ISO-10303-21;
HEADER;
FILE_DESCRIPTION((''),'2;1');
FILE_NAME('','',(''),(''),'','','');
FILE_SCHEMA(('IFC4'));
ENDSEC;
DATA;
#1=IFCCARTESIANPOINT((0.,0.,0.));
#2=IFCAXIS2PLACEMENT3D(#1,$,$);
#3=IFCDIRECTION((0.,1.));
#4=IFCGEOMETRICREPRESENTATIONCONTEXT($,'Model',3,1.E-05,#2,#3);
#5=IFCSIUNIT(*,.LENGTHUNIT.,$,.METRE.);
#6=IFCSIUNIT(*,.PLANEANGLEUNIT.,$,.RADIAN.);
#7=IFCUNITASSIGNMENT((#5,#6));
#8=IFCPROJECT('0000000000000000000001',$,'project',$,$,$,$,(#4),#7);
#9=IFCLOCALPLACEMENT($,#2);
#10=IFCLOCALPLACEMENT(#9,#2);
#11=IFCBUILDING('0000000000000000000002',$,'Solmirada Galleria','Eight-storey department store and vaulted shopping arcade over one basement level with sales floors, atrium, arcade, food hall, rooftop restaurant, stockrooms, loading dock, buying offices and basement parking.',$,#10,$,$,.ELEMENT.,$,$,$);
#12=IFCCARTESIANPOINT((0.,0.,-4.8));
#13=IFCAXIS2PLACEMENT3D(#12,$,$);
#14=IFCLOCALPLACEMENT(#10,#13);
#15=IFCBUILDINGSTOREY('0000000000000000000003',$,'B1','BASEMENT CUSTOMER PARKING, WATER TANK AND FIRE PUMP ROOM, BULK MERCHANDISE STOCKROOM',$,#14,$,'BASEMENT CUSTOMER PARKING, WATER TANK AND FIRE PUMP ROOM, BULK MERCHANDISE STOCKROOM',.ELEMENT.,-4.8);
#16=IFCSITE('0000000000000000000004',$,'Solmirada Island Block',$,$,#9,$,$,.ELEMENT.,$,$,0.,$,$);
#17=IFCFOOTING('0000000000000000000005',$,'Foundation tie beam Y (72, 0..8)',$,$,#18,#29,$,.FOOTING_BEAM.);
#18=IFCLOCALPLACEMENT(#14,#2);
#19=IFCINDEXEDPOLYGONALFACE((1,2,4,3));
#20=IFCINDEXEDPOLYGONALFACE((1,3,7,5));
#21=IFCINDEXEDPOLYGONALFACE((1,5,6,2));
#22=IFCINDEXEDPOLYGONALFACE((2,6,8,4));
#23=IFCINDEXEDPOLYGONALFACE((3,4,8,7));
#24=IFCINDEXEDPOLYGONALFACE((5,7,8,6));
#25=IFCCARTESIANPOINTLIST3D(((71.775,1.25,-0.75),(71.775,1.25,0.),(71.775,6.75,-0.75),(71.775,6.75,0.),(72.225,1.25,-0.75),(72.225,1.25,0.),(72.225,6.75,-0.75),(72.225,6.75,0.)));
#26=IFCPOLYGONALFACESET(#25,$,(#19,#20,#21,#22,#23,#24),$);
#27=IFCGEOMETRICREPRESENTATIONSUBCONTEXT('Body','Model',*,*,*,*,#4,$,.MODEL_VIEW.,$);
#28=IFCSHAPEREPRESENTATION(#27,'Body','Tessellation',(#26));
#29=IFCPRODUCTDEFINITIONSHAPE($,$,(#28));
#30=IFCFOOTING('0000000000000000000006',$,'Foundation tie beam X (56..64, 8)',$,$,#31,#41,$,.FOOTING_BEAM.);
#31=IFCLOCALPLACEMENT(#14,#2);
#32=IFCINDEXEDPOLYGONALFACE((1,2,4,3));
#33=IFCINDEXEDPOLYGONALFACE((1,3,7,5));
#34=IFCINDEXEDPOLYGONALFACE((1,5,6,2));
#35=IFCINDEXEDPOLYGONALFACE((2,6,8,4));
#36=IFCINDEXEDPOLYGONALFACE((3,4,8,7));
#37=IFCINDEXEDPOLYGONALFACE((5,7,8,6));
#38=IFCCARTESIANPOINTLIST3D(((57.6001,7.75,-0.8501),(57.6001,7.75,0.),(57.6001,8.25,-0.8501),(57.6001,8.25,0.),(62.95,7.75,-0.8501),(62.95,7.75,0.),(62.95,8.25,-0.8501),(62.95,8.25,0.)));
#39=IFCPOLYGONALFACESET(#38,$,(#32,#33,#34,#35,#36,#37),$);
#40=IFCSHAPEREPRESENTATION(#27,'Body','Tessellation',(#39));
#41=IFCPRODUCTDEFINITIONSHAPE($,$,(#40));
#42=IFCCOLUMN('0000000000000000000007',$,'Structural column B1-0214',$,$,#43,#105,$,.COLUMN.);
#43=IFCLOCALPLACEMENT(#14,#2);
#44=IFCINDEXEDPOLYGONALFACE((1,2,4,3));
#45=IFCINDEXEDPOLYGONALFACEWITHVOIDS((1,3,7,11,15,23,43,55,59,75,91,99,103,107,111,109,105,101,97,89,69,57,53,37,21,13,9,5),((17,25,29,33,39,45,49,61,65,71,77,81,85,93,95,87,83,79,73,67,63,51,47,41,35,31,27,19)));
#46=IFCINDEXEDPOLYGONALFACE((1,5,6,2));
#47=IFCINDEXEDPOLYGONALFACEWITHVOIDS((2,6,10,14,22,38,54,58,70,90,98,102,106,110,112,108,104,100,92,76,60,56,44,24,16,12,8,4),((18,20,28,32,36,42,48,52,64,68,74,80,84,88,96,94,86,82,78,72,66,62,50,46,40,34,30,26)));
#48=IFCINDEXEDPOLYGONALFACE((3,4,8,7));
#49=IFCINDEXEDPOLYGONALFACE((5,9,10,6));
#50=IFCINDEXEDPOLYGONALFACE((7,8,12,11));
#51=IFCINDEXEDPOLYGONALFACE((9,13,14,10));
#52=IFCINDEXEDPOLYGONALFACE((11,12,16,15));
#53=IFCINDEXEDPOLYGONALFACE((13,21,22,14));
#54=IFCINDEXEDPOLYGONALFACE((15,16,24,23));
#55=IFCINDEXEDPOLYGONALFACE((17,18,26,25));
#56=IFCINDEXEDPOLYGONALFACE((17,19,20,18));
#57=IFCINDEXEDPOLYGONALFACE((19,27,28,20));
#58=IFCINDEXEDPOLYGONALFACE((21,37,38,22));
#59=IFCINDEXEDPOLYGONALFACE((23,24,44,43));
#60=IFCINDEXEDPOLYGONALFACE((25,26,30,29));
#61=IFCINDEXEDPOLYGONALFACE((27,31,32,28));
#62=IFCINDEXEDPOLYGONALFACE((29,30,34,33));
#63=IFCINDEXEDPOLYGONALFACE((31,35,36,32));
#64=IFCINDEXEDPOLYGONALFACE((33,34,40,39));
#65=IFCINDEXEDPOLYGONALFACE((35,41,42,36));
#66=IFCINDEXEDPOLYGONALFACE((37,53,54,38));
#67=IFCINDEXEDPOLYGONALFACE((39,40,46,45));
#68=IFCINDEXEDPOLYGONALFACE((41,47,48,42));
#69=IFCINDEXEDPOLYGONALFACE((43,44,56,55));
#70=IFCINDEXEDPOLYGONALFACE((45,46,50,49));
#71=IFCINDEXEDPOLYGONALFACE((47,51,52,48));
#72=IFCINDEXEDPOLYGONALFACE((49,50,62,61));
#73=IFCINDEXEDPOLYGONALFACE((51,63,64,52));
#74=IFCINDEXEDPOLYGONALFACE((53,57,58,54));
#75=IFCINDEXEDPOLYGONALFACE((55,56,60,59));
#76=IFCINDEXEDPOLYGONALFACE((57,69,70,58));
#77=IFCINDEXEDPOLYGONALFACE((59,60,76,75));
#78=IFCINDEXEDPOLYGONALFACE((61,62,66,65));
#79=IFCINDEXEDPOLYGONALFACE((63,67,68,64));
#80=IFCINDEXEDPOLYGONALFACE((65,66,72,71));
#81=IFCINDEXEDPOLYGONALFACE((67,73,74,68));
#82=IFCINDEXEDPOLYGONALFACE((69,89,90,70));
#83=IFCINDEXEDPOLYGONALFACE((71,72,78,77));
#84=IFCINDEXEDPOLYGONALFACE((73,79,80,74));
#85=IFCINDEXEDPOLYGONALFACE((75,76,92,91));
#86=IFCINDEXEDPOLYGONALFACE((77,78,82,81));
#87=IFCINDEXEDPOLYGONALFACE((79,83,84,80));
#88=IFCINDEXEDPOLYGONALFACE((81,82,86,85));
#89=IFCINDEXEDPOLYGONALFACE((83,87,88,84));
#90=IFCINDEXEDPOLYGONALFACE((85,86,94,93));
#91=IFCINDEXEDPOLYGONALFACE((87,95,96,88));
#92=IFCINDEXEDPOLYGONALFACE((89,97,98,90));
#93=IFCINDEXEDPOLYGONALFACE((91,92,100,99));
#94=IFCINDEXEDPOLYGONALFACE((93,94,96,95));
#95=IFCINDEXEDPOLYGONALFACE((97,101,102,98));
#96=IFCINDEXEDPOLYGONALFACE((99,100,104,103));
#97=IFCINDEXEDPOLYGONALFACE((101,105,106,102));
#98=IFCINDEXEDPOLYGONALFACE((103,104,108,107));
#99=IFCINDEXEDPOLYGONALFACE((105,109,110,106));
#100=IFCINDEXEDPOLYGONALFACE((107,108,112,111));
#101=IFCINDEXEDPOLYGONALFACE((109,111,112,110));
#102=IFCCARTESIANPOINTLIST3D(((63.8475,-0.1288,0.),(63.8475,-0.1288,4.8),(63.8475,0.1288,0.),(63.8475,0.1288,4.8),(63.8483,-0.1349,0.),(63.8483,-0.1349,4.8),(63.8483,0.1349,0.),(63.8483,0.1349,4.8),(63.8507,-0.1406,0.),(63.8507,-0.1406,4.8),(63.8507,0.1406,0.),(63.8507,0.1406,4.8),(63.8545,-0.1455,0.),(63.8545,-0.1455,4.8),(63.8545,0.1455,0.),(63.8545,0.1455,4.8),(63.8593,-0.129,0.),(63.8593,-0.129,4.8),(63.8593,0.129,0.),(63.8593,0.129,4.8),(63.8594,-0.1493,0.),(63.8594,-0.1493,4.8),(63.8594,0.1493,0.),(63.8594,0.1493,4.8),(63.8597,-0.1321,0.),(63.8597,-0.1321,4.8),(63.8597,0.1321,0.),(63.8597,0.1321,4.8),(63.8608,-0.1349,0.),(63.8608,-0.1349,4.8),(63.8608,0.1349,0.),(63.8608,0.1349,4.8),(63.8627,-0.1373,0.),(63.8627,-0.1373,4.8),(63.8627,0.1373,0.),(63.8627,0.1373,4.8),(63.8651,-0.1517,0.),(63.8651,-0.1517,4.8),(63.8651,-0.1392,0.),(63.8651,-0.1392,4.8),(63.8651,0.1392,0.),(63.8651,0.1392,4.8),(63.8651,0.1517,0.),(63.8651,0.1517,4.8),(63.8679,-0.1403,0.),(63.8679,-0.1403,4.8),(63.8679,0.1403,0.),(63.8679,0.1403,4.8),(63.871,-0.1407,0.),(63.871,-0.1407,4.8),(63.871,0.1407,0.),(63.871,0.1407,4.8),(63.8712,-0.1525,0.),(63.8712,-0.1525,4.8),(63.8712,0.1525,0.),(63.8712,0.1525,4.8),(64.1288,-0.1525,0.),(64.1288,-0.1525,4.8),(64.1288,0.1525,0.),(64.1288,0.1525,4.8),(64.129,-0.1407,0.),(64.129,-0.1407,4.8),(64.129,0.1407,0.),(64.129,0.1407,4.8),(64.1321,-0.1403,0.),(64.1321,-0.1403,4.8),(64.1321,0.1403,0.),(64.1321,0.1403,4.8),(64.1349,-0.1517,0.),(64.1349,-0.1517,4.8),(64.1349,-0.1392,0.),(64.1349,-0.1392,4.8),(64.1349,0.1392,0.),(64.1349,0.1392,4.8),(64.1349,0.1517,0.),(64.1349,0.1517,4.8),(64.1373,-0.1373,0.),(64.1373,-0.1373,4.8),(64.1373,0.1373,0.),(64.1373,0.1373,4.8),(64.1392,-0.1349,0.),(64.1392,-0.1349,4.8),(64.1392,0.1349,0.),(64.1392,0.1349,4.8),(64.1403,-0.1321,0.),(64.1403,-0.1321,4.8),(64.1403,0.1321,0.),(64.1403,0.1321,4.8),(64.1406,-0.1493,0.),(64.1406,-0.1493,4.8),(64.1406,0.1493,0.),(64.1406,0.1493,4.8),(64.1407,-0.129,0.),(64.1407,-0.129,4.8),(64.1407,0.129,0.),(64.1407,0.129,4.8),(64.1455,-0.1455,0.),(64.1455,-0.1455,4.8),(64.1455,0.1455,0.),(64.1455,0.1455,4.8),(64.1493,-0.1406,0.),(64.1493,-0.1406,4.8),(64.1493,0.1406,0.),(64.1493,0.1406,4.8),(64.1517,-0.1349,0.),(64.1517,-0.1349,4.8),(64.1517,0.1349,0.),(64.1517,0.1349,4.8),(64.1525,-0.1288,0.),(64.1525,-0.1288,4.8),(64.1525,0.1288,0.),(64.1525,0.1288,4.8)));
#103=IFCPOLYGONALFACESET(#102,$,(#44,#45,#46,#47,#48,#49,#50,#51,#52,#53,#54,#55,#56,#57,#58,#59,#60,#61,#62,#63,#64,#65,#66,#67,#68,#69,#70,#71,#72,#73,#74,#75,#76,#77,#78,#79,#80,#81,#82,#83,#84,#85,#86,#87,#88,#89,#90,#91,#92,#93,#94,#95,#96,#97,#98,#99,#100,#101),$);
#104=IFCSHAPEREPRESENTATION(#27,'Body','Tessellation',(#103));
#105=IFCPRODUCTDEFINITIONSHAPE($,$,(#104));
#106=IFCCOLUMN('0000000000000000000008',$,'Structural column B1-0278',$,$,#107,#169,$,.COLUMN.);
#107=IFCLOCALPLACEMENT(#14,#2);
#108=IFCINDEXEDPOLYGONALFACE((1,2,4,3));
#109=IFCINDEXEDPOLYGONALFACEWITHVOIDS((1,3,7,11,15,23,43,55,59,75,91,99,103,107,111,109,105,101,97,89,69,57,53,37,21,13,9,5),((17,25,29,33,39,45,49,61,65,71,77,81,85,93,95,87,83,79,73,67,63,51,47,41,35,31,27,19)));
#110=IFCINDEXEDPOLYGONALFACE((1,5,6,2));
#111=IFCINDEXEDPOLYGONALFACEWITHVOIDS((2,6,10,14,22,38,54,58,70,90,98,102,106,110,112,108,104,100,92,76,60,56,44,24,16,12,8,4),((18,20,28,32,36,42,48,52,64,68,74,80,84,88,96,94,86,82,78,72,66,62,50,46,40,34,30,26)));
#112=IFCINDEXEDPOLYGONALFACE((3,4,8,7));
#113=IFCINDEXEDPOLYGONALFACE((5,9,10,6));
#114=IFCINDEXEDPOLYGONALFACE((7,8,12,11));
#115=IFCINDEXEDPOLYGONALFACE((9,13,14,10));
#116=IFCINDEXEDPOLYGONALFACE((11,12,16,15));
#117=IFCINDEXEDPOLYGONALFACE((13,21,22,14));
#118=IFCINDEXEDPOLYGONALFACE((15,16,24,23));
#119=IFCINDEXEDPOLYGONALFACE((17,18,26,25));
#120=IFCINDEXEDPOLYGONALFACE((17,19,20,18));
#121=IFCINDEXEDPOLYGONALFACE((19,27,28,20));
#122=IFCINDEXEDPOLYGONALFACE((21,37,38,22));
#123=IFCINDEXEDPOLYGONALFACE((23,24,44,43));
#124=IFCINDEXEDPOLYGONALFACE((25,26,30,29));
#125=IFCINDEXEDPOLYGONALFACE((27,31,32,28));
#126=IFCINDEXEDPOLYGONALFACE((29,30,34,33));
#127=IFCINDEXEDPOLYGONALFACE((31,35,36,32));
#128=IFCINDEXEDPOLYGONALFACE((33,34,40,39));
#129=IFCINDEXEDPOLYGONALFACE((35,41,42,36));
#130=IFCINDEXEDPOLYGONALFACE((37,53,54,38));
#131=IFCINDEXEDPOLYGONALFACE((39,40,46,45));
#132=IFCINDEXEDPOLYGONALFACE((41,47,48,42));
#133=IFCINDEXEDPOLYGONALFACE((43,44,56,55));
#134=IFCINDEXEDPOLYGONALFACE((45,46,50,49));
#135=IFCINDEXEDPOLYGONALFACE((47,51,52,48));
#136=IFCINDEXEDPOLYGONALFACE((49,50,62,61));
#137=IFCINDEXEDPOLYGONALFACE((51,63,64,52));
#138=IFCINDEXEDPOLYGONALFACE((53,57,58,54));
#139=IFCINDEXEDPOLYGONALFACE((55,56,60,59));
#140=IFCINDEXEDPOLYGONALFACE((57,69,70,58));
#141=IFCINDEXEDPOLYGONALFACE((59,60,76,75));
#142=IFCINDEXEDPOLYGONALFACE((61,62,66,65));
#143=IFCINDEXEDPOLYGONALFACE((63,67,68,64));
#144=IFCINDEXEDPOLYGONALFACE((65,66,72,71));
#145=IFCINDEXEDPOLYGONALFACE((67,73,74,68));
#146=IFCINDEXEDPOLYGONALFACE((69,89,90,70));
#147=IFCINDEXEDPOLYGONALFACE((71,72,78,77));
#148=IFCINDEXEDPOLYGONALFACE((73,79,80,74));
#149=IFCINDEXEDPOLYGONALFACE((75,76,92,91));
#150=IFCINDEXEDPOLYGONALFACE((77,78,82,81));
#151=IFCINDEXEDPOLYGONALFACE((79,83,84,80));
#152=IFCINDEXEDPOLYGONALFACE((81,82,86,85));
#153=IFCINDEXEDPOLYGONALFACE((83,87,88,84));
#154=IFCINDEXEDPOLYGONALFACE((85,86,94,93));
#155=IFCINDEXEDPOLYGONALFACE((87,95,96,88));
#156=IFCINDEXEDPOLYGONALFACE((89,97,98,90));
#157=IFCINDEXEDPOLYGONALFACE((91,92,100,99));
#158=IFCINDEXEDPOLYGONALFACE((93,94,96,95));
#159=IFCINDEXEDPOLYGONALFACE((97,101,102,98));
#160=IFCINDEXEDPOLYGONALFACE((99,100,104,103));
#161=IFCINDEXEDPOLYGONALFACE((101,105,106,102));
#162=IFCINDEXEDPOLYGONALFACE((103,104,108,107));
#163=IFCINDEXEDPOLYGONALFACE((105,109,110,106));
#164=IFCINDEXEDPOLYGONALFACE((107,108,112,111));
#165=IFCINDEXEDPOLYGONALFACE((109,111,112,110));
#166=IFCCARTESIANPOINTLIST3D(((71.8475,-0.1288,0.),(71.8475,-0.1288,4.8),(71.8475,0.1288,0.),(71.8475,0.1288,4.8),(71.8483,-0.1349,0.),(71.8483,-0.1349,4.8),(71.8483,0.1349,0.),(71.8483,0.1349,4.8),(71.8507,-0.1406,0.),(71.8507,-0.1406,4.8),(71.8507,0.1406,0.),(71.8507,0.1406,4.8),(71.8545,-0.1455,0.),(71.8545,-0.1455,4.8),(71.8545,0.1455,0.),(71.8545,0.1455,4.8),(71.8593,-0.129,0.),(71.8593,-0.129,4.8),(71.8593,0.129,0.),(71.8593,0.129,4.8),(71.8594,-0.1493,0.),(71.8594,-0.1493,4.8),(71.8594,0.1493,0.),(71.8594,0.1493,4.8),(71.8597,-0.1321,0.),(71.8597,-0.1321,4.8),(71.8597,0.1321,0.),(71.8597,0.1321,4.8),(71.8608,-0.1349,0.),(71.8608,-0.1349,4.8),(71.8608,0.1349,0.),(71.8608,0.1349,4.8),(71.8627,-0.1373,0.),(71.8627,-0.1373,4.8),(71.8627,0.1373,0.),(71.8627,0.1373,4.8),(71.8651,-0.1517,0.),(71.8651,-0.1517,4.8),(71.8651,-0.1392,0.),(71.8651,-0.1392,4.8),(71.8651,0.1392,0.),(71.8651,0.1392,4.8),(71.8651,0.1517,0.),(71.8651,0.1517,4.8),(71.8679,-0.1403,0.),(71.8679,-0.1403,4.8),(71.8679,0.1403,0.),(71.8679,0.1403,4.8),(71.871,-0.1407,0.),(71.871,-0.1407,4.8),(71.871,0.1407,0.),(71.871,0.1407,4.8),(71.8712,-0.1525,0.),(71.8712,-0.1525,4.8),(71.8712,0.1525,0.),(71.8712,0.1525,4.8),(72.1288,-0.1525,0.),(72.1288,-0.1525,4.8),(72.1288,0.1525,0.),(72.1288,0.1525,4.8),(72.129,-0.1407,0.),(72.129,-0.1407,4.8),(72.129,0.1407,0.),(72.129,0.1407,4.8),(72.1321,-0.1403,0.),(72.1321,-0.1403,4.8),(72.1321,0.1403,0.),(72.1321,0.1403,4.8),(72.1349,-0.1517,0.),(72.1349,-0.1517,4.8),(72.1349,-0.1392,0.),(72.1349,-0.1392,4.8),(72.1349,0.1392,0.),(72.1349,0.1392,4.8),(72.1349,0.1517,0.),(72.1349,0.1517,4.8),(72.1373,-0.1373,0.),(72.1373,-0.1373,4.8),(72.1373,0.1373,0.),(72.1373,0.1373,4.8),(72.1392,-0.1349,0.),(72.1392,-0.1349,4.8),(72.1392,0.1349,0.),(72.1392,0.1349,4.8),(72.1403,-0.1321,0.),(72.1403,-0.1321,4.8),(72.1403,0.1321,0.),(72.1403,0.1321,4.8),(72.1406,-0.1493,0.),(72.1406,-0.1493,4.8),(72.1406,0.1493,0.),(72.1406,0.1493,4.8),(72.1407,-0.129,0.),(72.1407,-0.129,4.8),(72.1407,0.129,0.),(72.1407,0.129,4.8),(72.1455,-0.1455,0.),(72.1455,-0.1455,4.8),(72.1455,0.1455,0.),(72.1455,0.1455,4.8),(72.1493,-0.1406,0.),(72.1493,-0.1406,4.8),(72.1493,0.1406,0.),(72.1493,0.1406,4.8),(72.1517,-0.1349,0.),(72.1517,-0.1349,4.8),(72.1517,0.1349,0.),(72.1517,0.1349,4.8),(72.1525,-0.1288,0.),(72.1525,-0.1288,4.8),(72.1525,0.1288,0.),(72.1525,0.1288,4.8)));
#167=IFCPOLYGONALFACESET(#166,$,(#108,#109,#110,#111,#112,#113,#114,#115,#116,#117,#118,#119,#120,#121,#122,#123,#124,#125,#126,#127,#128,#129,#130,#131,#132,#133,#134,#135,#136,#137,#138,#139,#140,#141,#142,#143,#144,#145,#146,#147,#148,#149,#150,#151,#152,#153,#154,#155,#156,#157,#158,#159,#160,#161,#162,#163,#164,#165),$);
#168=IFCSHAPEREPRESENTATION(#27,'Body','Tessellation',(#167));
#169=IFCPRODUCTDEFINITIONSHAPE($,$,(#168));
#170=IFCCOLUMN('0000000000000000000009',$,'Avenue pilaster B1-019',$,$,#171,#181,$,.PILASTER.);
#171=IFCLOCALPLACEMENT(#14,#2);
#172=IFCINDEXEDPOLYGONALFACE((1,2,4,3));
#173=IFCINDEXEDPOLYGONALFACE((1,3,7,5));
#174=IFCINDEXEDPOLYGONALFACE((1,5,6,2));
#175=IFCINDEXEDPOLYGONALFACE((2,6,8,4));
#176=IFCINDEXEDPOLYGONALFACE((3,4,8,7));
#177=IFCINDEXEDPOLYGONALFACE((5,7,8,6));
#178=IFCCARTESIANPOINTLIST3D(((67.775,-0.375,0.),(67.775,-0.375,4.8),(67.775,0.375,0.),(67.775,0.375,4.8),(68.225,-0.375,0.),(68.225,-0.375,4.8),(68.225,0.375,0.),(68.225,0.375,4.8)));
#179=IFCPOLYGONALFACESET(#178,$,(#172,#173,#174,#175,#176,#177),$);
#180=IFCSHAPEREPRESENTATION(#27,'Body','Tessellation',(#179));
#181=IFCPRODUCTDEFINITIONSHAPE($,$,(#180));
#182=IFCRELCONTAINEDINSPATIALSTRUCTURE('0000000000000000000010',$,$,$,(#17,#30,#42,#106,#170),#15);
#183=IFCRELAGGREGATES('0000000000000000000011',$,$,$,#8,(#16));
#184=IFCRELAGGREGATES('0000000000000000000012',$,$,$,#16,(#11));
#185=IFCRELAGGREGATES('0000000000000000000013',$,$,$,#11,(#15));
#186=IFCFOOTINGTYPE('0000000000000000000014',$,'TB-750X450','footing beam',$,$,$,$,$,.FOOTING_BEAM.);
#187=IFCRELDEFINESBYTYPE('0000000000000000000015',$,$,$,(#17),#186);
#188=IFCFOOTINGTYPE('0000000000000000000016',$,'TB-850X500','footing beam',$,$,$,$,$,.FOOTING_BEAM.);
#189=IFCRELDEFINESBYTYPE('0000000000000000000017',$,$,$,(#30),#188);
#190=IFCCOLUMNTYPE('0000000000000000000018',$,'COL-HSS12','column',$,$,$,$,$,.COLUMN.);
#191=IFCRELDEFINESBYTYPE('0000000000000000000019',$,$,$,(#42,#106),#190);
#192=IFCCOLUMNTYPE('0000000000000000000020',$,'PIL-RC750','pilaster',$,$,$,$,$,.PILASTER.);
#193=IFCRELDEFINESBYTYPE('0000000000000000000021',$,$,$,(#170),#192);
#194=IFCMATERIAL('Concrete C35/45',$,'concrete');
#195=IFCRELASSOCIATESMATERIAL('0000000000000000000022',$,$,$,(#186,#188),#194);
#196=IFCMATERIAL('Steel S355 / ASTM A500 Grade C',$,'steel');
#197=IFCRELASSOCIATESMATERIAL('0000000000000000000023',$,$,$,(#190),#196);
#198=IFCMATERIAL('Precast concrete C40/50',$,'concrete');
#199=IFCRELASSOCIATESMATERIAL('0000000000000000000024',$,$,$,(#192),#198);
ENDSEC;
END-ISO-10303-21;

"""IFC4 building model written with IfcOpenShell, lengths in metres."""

from ifc_helpers import new_model, si_unit, direction, frame, origin, origin_2d, place, context, subcontext, project, spatial, rectangle, hollow_rectangle, extrude, material, material_profile, profile_set, type_object, element, save


model = new_model("IFC4")

# Units and contexts
model_context = context("Model", 3, precision=1e-05, world=origin(), true_north=direction((0.0, 1.0)))
body_context = subcontext(model_context, "Body", "Model", "MODEL_VIEW")
ifc_project = project(units=[si_unit("LENGTHUNIT", "METRE"), si_unit("PLANEANGLEUNIT", "RADIAN")], contexts=[model_context])

# Site, building, storey
site_placement = place(None, origin())
site = spatial("IfcSite", under=ifc_project, at=site_placement, Name="Solmirada Island Block", CompositionType="ELEMENT", RefElevation=0.0)
building_placement = place(site_placement, origin())
building = spatial("IfcBuilding", under=site, at=building_placement, Name="Solmirada Galleria", Description="Eight-storey department store and vaulted shopping arcade over one basement level with sales floors, atrium, arcade, food hall, rooftop restaurant, stockrooms, loading dock, buying offices and basement parking.", CompositionType="ELEMENT")
storey_placement = place(building_placement, frame((0.0, 0.0, -4.8)))
storey = spatial("IfcBuildingStorey", under=building, at=storey_placement, Name="B1", Description="BASEMENT CUSTOMER PARKING, WATER TANK AND FIRE PUMP ROOM, BULK MERCHANDISE STOCKROOM", LongName="BASEMENT CUSTOMER PARKING, WATER TANK AND FIRE PUMP ROOM, BULK MERCHANDISE STOCKROOM", CompositionType="ELEMENT", Elevation=-4.8)

# Shared definitions
ifc_material_1 = material(Name="Concrete C35/45", Category="concrete")

# Footings
ifc_material_profile_1 = material_profile(ifc_material_1, rectangle(XDim=0.45, YDim=0.75, at=origin_2d()), Name="RC750X450")
ifc_profile_set_1 = profile_set([ifc_material_profile_1], Name="Concrete C35/45")
footing_type_1 = type_object("IfcFootingType", Name="TB-750X450", Description="footing beam", PredefinedType="FOOTING_BEAM", material=ifc_profile_set_1)
footing_1_placement = place(storey_placement, frame((72.0, 1.25, -0.375), z_axis=(0.0, 1.0, 0.0), x_axis=(-1.0, 0.0, 0.0)))
element("IfcFooting", 1, at=footing_1_placement, inside=storey, type_object=footing_type_1, Name="Foundation tie beam Y (72, 0..8)", PredefinedType="FOOTING_BEAM", context=body_context, shape_type="SweptSolid", body=[
    extrude(rectangle(XDim=0.45, YDim=0.75, at=origin_2d()), origin(), (0.0, 0.0, 1.0), 5.5),
])
ifc_material_profile_2 = material_profile(ifc_material_1, rectangle(XDim=0.5, YDim=0.8501, at=origin_2d()), Name="RC850X500")
ifc_profile_set_2 = profile_set([ifc_material_profile_2], Name="Concrete C35/45")
footing_type_2 = type_object("IfcFootingType", Name="TB-850X500", Description="footing beam", PredefinedType="FOOTING_BEAM", material=ifc_profile_set_2)
footing_2_placement = place(storey_placement, frame((57.6001, 8.0, -0.425), z_axis=(1.0, 0.0, 0.0), x_axis=(0.0, 1.0, 0.0)))
element("IfcFooting", 2, at=footing_2_placement, inside=storey, type_object=footing_type_2, Name="Foundation tie beam X (56..64, 8)", PredefinedType="FOOTING_BEAM", context=body_context, shape_type="SweptSolid", body=[
    extrude(rectangle(XDim=0.5, YDim=0.8501, at=origin_2d()), origin(), (0.0, 0.0, 1.0), 5.3499),
])

# Columns
ifc_material_2 = material(Name="Steel S355 / ASTM A500 Grade C", Category="steel")
ifc_material_profile_3 = material_profile(ifc_material_2, hollow_rectangle(XDim=0.3049, YDim=0.3049, WallThickness=0.0117, InnerFilletRadius=0.0117, OuterFilletRadius=0.0237, at=origin_2d()), Name="HSS12X12X1/2")
ifc_profile_set_3 = profile_set([ifc_material_profile_3], Name="Steel S355 / ASTM A500 Grade C")
column_type_1 = type_object("IfcColumnType", Name="COL-HSS12", Description="column", PredefinedType="COLUMN", material=ifc_profile_set_3)
for number, where, z_axis, x_axis, name in (
    (3, (64.0, 0.0, 0.0), (0.0, 0.0, 1.0), (1.0, 0.0, 0.0), "Structural column B1-0214"),
    (4, (72.0, 0.0, 0.0), (0.0, 0.0, 1.0), (1.0, 0.0, 0.0), "Structural column B1-0278"),
):
    element("IfcColumn", number, at=place(storey_placement, frame(where, z_axis=z_axis, x_axis=x_axis)), inside=storey, type_object=column_type_1, Name=name, PredefinedType="COLUMN", context=body_context, shape_type="SweptSolid", body=[
        extrude(hollow_rectangle(XDim=0.3049, YDim=0.3049, WallThickness=0.0117, InnerFilletRadius=0.0117, OuterFilletRadius=0.0237, at=origin_2d()), origin(), (0.0, 0.0, 1.0), 4.8),
    ])
ifc_material_3 = material(Name="Precast concrete C40/50", Category="concrete")
ifc_material_profile_4 = material_profile(ifc_material_3, rectangle(XDim=0.45, YDim=0.75, at=origin_2d()), Name="RC750X450")
ifc_profile_set_4 = profile_set([ifc_material_profile_4], Name="Precast concrete C40/50")
column_type_2 = type_object("IfcColumnType", Name="PIL-RC750", Description="pilaster", PredefinedType="PILASTER", material=ifc_profile_set_4)
column_placement = place(storey_placement, frame((68.0, 0.0, 0.0), z_axis=(0.0, 0.0, 1.0), x_axis=(1.0, 0.0, 0.0)))
element("IfcColumn", 5, at=column_placement, inside=storey, type_object=column_type_2, Name="Avenue pilaster B1-019", PredefinedType="PILASTER", context=body_context, shape_type="SweptSolid", body=[
    extrude(rectangle(XDim=0.45, YDim=0.75, at=origin_2d()), origin(), (0.0, 0.0, 1.0), 4.8),
])

save(model, "model.ifc")
